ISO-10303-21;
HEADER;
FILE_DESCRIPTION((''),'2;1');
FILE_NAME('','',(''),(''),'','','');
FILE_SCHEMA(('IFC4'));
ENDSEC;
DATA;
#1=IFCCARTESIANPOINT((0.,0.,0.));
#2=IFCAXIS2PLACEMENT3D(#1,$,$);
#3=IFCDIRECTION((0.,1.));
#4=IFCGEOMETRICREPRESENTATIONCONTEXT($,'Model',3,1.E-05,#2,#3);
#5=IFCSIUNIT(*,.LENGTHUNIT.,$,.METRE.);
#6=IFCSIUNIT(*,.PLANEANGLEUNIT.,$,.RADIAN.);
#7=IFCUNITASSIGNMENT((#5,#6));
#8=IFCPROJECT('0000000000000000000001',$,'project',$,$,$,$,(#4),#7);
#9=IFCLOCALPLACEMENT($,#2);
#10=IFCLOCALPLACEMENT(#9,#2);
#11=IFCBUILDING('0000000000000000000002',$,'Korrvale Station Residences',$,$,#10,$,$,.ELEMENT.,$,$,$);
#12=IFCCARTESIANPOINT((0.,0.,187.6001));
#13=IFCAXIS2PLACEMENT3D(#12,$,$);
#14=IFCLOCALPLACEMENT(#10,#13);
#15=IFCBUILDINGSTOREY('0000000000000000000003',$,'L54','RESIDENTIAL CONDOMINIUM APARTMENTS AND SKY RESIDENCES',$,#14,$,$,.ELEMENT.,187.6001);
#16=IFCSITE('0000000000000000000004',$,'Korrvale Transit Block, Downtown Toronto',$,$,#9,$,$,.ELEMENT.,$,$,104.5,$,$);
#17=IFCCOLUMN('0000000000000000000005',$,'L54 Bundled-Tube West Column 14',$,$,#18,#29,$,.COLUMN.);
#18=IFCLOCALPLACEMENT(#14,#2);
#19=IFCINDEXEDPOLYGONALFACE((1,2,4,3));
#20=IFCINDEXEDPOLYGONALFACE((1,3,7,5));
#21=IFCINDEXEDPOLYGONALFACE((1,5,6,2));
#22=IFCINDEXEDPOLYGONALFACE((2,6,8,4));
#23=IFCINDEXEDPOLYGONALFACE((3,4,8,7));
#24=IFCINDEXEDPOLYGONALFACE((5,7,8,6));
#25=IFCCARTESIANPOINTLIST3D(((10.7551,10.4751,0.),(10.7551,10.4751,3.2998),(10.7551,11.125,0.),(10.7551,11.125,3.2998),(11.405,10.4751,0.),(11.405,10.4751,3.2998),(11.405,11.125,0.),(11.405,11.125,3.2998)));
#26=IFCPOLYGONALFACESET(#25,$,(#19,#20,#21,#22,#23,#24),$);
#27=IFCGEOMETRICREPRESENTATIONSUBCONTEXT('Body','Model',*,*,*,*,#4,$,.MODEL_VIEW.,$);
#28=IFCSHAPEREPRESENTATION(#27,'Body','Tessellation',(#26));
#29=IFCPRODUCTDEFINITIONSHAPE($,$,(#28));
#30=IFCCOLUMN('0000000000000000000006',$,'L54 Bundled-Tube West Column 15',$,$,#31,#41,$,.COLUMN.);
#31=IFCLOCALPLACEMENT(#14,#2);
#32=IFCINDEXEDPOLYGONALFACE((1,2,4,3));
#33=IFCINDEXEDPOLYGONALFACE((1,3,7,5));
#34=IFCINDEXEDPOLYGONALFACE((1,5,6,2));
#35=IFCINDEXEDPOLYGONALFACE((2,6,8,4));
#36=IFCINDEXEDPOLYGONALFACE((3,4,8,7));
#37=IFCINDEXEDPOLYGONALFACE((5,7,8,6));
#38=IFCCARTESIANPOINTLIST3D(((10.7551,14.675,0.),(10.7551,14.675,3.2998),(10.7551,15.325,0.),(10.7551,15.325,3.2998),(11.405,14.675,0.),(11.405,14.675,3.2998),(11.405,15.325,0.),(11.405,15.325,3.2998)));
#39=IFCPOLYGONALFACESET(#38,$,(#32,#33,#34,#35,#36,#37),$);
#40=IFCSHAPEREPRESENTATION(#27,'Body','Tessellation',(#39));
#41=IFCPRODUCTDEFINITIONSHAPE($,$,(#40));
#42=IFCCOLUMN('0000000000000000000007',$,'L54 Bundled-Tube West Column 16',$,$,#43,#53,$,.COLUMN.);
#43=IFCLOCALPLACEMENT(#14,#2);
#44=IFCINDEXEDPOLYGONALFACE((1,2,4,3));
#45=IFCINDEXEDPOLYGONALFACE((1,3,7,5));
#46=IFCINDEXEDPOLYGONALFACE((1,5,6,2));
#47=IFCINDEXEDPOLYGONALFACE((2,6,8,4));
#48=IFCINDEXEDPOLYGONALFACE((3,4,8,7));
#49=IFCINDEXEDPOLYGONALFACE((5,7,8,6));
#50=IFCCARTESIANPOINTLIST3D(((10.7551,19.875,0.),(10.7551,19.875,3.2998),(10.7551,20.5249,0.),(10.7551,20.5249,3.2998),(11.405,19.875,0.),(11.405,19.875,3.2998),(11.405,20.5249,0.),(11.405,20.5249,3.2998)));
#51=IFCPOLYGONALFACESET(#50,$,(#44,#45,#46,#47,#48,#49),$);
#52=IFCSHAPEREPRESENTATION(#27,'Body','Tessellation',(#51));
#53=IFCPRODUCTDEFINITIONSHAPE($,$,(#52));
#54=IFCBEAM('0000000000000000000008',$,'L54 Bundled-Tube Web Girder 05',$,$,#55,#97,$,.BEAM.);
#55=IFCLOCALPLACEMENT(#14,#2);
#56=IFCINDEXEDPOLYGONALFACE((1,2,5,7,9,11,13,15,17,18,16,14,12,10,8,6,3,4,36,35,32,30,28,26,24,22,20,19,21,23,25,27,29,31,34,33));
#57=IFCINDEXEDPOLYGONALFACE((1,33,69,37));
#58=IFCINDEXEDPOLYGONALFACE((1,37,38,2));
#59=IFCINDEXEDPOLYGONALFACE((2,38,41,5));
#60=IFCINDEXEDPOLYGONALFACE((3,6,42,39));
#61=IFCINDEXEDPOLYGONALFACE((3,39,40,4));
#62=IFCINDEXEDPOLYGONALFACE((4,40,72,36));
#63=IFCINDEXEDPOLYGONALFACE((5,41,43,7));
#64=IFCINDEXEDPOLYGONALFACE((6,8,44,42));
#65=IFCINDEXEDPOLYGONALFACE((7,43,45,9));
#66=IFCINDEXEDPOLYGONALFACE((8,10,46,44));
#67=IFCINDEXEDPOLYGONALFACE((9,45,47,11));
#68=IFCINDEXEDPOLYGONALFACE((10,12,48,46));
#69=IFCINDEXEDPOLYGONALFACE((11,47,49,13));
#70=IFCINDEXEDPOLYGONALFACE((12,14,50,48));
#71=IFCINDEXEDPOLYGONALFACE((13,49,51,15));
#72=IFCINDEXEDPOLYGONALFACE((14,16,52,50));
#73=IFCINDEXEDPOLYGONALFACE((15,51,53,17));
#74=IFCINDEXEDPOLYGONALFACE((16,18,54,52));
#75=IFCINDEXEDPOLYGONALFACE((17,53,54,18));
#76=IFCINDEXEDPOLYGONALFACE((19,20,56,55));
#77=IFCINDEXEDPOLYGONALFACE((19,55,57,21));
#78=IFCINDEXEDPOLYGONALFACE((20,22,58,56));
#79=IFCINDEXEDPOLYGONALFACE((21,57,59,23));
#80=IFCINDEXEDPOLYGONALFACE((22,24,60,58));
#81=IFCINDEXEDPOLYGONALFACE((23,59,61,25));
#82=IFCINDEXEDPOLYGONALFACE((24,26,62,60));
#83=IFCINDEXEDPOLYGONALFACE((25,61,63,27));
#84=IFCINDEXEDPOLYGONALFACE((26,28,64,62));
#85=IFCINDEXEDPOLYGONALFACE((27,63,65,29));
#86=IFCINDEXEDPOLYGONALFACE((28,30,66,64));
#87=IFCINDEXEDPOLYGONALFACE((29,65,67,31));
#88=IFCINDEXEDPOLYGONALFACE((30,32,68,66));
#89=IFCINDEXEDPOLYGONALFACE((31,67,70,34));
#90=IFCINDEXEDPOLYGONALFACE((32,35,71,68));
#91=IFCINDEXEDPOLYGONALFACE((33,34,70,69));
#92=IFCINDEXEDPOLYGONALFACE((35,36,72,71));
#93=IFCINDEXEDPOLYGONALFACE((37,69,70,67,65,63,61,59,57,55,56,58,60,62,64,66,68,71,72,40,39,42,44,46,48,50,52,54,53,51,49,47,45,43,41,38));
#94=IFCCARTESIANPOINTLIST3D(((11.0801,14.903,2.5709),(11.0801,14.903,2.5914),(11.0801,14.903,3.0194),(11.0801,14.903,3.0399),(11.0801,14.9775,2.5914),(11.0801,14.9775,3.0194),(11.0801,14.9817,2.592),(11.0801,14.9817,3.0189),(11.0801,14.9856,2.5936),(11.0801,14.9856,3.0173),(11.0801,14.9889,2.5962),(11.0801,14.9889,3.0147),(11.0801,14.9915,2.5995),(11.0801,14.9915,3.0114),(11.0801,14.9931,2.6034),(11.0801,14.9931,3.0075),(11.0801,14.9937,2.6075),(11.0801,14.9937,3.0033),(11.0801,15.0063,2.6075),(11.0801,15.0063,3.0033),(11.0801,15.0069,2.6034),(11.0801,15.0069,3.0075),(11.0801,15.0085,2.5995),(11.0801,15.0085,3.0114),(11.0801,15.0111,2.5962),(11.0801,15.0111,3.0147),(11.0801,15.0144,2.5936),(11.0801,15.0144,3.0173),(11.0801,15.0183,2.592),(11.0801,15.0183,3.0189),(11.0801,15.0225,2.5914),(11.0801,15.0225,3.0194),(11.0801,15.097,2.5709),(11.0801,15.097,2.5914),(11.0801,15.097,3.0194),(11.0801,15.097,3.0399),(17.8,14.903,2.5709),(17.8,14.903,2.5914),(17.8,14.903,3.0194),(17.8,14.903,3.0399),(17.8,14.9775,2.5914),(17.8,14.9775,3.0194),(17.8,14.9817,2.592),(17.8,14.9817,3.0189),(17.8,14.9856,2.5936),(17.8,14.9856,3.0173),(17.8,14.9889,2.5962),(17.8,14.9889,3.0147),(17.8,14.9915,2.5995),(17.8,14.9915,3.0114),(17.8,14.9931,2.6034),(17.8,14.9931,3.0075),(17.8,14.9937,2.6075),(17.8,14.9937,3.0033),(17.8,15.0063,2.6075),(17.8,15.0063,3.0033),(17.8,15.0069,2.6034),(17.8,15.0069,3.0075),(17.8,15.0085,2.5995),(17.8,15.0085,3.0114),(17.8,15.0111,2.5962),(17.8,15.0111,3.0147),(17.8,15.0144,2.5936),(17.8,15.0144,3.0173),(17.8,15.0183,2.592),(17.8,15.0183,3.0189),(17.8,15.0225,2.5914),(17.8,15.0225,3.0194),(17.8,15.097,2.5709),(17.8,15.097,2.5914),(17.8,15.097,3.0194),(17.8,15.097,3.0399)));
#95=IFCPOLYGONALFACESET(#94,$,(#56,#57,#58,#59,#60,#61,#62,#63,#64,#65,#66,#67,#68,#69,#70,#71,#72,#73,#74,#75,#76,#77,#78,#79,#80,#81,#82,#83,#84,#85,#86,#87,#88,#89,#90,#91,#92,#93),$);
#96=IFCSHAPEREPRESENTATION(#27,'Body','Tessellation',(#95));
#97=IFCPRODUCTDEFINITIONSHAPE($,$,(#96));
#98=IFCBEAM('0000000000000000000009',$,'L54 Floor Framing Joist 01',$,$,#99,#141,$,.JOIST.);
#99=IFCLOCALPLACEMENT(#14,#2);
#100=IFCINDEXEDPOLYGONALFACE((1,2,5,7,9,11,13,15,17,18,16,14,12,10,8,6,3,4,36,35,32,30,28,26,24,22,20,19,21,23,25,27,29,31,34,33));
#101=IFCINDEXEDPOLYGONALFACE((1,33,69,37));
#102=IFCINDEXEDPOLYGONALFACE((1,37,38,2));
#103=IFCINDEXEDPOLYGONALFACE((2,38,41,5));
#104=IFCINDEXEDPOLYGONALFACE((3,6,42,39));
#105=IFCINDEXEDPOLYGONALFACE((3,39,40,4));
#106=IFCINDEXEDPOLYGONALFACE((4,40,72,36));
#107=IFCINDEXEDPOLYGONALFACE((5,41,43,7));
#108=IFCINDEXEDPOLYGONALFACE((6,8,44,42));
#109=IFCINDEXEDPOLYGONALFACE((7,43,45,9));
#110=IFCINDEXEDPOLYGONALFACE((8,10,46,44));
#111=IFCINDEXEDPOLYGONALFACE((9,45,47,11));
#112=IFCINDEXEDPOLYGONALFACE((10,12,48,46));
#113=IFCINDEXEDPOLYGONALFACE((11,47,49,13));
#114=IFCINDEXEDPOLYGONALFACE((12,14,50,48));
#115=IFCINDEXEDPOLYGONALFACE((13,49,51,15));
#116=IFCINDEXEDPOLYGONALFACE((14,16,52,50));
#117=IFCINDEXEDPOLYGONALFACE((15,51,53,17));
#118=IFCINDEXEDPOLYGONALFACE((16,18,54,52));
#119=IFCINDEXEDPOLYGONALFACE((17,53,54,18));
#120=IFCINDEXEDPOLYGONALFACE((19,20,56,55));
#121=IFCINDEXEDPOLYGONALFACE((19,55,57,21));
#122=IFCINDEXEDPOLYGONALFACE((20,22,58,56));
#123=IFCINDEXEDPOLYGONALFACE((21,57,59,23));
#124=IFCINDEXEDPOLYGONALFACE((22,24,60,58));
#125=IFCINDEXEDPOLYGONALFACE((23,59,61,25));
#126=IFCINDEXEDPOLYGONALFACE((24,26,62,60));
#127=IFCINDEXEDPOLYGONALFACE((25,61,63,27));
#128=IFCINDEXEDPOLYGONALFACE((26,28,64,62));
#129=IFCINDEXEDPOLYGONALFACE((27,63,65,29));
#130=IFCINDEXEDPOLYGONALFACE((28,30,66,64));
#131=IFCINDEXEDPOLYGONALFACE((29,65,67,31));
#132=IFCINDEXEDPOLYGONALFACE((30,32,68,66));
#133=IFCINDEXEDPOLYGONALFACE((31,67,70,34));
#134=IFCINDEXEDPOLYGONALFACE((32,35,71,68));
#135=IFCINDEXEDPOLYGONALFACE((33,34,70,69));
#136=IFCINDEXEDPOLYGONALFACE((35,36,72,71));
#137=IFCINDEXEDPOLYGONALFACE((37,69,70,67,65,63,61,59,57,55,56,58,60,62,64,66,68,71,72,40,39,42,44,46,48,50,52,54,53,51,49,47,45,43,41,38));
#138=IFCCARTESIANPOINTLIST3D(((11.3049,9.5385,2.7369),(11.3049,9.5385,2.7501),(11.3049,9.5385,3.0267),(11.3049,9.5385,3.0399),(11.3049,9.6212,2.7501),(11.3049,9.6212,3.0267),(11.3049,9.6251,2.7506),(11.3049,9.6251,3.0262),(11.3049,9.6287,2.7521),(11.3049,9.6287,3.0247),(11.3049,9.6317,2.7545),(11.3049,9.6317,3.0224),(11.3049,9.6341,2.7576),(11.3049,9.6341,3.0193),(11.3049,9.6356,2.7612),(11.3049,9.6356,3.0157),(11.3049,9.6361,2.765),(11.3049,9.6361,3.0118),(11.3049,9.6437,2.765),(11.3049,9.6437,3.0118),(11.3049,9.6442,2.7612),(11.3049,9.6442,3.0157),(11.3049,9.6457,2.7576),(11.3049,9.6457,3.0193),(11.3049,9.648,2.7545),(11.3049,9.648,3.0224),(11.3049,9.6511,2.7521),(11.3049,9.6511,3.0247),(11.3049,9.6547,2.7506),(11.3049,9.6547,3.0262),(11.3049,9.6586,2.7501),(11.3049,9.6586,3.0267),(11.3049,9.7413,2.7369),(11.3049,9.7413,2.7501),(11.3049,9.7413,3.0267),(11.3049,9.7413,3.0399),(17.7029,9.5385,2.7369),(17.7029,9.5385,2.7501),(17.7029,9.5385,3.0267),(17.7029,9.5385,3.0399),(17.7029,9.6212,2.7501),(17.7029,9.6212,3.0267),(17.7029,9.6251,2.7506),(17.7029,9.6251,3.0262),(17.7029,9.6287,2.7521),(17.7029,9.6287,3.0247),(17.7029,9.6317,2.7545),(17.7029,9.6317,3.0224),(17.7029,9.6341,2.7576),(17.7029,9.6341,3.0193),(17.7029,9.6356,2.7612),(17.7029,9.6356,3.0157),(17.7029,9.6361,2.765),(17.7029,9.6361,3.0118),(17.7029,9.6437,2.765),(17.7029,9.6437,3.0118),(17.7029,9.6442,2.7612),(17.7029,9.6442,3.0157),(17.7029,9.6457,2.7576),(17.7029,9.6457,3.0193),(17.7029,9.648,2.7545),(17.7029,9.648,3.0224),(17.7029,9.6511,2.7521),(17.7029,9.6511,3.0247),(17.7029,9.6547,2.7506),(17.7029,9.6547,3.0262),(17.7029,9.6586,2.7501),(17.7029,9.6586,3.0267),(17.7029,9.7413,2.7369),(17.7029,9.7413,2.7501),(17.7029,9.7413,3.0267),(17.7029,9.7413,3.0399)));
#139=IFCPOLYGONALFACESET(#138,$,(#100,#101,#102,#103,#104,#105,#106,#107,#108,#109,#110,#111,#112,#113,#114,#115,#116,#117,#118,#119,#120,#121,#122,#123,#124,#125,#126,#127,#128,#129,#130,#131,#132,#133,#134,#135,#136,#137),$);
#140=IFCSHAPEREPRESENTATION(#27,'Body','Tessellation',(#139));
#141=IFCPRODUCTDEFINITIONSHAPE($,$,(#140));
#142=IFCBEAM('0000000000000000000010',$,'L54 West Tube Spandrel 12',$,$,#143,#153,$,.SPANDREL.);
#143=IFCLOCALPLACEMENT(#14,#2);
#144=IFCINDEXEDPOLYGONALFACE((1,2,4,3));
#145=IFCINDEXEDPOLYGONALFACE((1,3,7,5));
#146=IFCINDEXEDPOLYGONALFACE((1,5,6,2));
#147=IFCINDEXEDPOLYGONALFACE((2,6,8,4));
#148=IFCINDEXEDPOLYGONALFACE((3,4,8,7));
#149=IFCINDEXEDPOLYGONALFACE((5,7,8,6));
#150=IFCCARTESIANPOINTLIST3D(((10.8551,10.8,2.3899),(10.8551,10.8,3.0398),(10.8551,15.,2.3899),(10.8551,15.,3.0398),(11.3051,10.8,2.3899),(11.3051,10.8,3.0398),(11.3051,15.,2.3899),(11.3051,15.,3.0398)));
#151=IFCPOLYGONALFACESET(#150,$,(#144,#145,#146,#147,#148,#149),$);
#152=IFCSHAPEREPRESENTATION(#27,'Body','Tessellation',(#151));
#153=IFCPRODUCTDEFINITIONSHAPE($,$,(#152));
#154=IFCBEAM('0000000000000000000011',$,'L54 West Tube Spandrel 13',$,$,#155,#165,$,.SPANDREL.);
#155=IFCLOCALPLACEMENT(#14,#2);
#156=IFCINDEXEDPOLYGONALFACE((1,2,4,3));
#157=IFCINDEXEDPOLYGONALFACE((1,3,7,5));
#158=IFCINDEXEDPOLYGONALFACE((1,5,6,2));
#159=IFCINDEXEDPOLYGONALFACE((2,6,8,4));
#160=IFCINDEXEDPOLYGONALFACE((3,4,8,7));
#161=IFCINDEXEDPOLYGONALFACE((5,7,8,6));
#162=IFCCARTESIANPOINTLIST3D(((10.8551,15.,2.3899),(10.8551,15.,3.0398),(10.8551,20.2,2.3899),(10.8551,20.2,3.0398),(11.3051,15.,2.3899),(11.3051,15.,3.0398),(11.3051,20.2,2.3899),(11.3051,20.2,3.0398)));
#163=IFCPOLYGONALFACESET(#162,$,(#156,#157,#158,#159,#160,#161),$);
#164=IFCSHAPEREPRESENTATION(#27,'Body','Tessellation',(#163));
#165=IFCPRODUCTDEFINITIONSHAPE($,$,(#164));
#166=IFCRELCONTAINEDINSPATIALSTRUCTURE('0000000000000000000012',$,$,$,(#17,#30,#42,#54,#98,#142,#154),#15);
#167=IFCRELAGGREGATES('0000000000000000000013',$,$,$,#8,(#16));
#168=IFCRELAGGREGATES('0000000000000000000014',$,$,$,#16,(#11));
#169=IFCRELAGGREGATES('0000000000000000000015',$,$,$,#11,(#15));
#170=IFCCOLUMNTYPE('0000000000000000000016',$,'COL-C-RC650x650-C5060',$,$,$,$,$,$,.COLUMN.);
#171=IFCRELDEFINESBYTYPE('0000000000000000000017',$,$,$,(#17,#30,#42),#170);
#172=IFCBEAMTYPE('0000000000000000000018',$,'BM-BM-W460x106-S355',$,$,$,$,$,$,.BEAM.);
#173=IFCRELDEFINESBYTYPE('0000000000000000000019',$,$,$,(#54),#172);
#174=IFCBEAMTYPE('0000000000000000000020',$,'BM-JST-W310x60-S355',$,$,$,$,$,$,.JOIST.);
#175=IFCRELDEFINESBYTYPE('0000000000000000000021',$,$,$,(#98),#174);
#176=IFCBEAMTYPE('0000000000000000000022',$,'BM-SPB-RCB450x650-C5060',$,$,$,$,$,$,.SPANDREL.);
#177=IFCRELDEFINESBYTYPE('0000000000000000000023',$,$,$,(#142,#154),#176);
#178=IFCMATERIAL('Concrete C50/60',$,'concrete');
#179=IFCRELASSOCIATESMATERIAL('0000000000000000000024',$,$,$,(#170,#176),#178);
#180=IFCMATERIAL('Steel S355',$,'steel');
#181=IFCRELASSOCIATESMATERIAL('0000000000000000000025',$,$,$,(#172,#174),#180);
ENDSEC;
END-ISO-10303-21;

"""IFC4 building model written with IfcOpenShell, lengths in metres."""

from ifc_helpers import new_model, si_unit, direction, frame, origin, origin_2d, place, context, subcontext, project, spatial, rectangle, i_section, extrude, material, material_profile, profile_set, type_object, element, save


model = new_model("IFC4")

# Units and contexts
model_context = context("Model", 3, precision=1e-05, world=origin(), true_north=direction((0.0, 1.0)))
body_context = subcontext(model_context, "Body", "Model", "MODEL_VIEW")
ifc_project = project(units=[si_unit("LENGTHUNIT", "METRE"), si_unit("PLANEANGLEUNIT", "RADIAN")], contexts=[model_context])

# Site, building, storey
site_placement = place(None, origin())
site = spatial("IfcSite", under=ifc_project, at=site_placement, Name="Korrvale Transit Block, Downtown Toronto", CompositionType="ELEMENT", RefElevation=104.5)
building_placement = place(site_placement, origin())
building = spatial("IfcBuilding", under=site, at=building_placement, Name="Korrvale Station Residences", CompositionType="ELEMENT")
storey_placement = place(building_placement, frame((0.0, 0.0, 187.6001)))
storey = spatial("IfcBuildingStorey", under=building, at=storey_placement, Name="L54", Description="RESIDENTIAL CONDOMINIUM APARTMENTS AND SKY RESIDENCES", CompositionType="ELEMENT", Elevation=187.6001)

# Columns
ifc_material_1 = material(Name="Concrete C50/60", Category="concrete")
ifc_material_profile_1 = material_profile(ifc_material_1, rectangle(XDim=0.6499, YDim=0.6499, at=origin_2d()), Name="RC650x650")
ifc_profile_set_1 = profile_set([ifc_material_profile_1], Name="Concrete C50/60")
column_type = type_object("IfcColumnType", Name="COL-C-RC650x650-C5060", PredefinedType="COLUMN", material=ifc_profile_set_1)
for number, where, z_axis, x_axis, name in (
    (1, (11.0801, 10.8, 0.0), (0.0, 0.0, 1.0), (1.0, 0.0, 0.0), "L54 Bundled-Tube West Column 14"),
    (2, (11.0801, 15.0, 0.0), (0.0, 0.0, 1.0), (1.0, 0.0, 0.0), "L54 Bundled-Tube West Column 15"),
    (3, (11.0801, 20.2, 0.0), (0.0, 0.0, 1.0), (1.0, 0.0, 0.0), "L54 Bundled-Tube West Column 16"),
):
    element("IfcColumn", number, at=place(storey_placement, frame(where, z_axis=z_axis, x_axis=x_axis)), inside=storey, type_object=column_type, Name=name, PredefinedType="COLUMN", context=body_context, shape_type="SweptSolid", body=[
        extrude(rectangle(XDim=0.6499, YDim=0.6499, at=origin_2d()), origin(), (0.0, 0.0, 1.0), 3.2998),
    ])

# Beams
ifc_material_2 = material(Name="Steel S355", Category="steel")
ifc_material_profile_2 = material_profile(ifc_material_2, i_section(OverallWidth=0.1941, OverallDepth=0.469, WebThickness=0.0127, FlangeThickness=0.0205, FilletRadius=0.0161, at=origin_2d()), Name="W460x106")
ifc_profile_set_2 = profile_set([ifc_material_profile_2], Name="Steel S355")
beam_type_1 = type_object("IfcBeamType", Name="BM-BM-W460x106-S355", PredefinedType="BEAM", material=ifc_profile_set_2)
beam_1_placement = place(storey_placement, frame((11.0801, 15.0, 2.8054), z_axis=(1.0, 0.0, 0.0), x_axis=(0.0, 1.0, 0.0)))
element("IfcBeam", 4, at=beam_1_placement, inside=storey, type_object=beam_type_1, Name="L54 Bundled-Tube Web Girder 05", PredefinedType="BEAM", context=body_context, shape_type="SweptSolid", body=[
    extrude(i_section(OverallWidth=0.1941, OverallDepth=0.469, WebThickness=0.0127, FlangeThickness=0.0205, FilletRadius=0.0161, at=origin_2d()), origin(), (0.0, 0.0, 1.0), 6.72),
])
ifc_material_profile_3 = material_profile(ifc_material_2, i_section(OverallWidth=0.2029, OverallDepth=0.303, WebThickness=0.0076, FlangeThickness=0.0132, FilletRadius=0.0149, at=origin_2d()), Name="W310x60")
ifc_profile_set_3 = profile_set([ifc_material_profile_3], Name="Steel S355")
beam_type_2 = type_object("IfcBeamType", Name="BM-JST-W310x60-S355", PredefinedType="JOIST", material=ifc_profile_set_3)
beam_2_placement = place(storey_placement, frame((11.3049, 9.6399, 2.8884), z_axis=(1.0, 0.0, 0.0), x_axis=(0.0, 1.0, 0.0)))
element("IfcBeam", 5, at=beam_2_placement, inside=storey, type_object=beam_type_2, Name="L54 Floor Framing Joist 01", PredefinedType="JOIST", context=body_context, shape_type="SweptSolid", body=[
    extrude(i_section(OverallWidth=0.2029, OverallDepth=0.303, WebThickness=0.0076, FlangeThickness=0.0132, FilletRadius=0.0149, at=origin_2d()), origin(), (0.0, 0.0, 1.0), 6.3979),
])
ifc_material_profile_4 = material_profile(ifc_material_1, rectangle(XDim=0.45, YDim=0.6499, at=origin_2d()), Name="RCB450x650")
ifc_profile_set_4 = profile_set([ifc_material_profile_4], Name="Concrete C50/60")
beam_type_3 = type_object("IfcBeamType", Name="BM-SPB-RCB450x650-C5060", PredefinedType="SPANDREL", material=ifc_profile_set_4)
beam_3_placement = place(storey_placement, frame((11.0801, 10.8, 2.7148), z_axis=(0.0, 1.0, 0.0), x_axis=(-1.0, 0.0, 0.0)))
element("IfcBeam", 6, at=beam_3_placement, inside=storey, type_object=beam_type_3, Name="L54 West Tube Spandrel 12", PredefinedType="SPANDREL", context=body_context, shape_type="SweptSolid", body=[
    extrude(rectangle(XDim=0.45, YDim=0.6499, at=origin_2d()), origin(), (0.0, 0.0, 1.0), 4.2),
])
beam_4_placement = place(storey_placement, frame((11.0801, 15.0, 2.7148), z_axis=(0.0, 1.0, 0.0), x_axis=(-1.0, 0.0, 0.0)))
element("IfcBeam", 7, at=beam_4_placement, inside=storey, type_object=beam_type_3, Name="L54 West Tube Spandrel 13", PredefinedType="SPANDREL", context=body_context, shape_type="SweptSolid", body=[
    extrude(rectangle(XDim=0.45, YDim=0.6499, at=origin_2d()), origin(), (0.0, 0.0, 1.0), 5.2),
])

save(model, "model.ifc")
